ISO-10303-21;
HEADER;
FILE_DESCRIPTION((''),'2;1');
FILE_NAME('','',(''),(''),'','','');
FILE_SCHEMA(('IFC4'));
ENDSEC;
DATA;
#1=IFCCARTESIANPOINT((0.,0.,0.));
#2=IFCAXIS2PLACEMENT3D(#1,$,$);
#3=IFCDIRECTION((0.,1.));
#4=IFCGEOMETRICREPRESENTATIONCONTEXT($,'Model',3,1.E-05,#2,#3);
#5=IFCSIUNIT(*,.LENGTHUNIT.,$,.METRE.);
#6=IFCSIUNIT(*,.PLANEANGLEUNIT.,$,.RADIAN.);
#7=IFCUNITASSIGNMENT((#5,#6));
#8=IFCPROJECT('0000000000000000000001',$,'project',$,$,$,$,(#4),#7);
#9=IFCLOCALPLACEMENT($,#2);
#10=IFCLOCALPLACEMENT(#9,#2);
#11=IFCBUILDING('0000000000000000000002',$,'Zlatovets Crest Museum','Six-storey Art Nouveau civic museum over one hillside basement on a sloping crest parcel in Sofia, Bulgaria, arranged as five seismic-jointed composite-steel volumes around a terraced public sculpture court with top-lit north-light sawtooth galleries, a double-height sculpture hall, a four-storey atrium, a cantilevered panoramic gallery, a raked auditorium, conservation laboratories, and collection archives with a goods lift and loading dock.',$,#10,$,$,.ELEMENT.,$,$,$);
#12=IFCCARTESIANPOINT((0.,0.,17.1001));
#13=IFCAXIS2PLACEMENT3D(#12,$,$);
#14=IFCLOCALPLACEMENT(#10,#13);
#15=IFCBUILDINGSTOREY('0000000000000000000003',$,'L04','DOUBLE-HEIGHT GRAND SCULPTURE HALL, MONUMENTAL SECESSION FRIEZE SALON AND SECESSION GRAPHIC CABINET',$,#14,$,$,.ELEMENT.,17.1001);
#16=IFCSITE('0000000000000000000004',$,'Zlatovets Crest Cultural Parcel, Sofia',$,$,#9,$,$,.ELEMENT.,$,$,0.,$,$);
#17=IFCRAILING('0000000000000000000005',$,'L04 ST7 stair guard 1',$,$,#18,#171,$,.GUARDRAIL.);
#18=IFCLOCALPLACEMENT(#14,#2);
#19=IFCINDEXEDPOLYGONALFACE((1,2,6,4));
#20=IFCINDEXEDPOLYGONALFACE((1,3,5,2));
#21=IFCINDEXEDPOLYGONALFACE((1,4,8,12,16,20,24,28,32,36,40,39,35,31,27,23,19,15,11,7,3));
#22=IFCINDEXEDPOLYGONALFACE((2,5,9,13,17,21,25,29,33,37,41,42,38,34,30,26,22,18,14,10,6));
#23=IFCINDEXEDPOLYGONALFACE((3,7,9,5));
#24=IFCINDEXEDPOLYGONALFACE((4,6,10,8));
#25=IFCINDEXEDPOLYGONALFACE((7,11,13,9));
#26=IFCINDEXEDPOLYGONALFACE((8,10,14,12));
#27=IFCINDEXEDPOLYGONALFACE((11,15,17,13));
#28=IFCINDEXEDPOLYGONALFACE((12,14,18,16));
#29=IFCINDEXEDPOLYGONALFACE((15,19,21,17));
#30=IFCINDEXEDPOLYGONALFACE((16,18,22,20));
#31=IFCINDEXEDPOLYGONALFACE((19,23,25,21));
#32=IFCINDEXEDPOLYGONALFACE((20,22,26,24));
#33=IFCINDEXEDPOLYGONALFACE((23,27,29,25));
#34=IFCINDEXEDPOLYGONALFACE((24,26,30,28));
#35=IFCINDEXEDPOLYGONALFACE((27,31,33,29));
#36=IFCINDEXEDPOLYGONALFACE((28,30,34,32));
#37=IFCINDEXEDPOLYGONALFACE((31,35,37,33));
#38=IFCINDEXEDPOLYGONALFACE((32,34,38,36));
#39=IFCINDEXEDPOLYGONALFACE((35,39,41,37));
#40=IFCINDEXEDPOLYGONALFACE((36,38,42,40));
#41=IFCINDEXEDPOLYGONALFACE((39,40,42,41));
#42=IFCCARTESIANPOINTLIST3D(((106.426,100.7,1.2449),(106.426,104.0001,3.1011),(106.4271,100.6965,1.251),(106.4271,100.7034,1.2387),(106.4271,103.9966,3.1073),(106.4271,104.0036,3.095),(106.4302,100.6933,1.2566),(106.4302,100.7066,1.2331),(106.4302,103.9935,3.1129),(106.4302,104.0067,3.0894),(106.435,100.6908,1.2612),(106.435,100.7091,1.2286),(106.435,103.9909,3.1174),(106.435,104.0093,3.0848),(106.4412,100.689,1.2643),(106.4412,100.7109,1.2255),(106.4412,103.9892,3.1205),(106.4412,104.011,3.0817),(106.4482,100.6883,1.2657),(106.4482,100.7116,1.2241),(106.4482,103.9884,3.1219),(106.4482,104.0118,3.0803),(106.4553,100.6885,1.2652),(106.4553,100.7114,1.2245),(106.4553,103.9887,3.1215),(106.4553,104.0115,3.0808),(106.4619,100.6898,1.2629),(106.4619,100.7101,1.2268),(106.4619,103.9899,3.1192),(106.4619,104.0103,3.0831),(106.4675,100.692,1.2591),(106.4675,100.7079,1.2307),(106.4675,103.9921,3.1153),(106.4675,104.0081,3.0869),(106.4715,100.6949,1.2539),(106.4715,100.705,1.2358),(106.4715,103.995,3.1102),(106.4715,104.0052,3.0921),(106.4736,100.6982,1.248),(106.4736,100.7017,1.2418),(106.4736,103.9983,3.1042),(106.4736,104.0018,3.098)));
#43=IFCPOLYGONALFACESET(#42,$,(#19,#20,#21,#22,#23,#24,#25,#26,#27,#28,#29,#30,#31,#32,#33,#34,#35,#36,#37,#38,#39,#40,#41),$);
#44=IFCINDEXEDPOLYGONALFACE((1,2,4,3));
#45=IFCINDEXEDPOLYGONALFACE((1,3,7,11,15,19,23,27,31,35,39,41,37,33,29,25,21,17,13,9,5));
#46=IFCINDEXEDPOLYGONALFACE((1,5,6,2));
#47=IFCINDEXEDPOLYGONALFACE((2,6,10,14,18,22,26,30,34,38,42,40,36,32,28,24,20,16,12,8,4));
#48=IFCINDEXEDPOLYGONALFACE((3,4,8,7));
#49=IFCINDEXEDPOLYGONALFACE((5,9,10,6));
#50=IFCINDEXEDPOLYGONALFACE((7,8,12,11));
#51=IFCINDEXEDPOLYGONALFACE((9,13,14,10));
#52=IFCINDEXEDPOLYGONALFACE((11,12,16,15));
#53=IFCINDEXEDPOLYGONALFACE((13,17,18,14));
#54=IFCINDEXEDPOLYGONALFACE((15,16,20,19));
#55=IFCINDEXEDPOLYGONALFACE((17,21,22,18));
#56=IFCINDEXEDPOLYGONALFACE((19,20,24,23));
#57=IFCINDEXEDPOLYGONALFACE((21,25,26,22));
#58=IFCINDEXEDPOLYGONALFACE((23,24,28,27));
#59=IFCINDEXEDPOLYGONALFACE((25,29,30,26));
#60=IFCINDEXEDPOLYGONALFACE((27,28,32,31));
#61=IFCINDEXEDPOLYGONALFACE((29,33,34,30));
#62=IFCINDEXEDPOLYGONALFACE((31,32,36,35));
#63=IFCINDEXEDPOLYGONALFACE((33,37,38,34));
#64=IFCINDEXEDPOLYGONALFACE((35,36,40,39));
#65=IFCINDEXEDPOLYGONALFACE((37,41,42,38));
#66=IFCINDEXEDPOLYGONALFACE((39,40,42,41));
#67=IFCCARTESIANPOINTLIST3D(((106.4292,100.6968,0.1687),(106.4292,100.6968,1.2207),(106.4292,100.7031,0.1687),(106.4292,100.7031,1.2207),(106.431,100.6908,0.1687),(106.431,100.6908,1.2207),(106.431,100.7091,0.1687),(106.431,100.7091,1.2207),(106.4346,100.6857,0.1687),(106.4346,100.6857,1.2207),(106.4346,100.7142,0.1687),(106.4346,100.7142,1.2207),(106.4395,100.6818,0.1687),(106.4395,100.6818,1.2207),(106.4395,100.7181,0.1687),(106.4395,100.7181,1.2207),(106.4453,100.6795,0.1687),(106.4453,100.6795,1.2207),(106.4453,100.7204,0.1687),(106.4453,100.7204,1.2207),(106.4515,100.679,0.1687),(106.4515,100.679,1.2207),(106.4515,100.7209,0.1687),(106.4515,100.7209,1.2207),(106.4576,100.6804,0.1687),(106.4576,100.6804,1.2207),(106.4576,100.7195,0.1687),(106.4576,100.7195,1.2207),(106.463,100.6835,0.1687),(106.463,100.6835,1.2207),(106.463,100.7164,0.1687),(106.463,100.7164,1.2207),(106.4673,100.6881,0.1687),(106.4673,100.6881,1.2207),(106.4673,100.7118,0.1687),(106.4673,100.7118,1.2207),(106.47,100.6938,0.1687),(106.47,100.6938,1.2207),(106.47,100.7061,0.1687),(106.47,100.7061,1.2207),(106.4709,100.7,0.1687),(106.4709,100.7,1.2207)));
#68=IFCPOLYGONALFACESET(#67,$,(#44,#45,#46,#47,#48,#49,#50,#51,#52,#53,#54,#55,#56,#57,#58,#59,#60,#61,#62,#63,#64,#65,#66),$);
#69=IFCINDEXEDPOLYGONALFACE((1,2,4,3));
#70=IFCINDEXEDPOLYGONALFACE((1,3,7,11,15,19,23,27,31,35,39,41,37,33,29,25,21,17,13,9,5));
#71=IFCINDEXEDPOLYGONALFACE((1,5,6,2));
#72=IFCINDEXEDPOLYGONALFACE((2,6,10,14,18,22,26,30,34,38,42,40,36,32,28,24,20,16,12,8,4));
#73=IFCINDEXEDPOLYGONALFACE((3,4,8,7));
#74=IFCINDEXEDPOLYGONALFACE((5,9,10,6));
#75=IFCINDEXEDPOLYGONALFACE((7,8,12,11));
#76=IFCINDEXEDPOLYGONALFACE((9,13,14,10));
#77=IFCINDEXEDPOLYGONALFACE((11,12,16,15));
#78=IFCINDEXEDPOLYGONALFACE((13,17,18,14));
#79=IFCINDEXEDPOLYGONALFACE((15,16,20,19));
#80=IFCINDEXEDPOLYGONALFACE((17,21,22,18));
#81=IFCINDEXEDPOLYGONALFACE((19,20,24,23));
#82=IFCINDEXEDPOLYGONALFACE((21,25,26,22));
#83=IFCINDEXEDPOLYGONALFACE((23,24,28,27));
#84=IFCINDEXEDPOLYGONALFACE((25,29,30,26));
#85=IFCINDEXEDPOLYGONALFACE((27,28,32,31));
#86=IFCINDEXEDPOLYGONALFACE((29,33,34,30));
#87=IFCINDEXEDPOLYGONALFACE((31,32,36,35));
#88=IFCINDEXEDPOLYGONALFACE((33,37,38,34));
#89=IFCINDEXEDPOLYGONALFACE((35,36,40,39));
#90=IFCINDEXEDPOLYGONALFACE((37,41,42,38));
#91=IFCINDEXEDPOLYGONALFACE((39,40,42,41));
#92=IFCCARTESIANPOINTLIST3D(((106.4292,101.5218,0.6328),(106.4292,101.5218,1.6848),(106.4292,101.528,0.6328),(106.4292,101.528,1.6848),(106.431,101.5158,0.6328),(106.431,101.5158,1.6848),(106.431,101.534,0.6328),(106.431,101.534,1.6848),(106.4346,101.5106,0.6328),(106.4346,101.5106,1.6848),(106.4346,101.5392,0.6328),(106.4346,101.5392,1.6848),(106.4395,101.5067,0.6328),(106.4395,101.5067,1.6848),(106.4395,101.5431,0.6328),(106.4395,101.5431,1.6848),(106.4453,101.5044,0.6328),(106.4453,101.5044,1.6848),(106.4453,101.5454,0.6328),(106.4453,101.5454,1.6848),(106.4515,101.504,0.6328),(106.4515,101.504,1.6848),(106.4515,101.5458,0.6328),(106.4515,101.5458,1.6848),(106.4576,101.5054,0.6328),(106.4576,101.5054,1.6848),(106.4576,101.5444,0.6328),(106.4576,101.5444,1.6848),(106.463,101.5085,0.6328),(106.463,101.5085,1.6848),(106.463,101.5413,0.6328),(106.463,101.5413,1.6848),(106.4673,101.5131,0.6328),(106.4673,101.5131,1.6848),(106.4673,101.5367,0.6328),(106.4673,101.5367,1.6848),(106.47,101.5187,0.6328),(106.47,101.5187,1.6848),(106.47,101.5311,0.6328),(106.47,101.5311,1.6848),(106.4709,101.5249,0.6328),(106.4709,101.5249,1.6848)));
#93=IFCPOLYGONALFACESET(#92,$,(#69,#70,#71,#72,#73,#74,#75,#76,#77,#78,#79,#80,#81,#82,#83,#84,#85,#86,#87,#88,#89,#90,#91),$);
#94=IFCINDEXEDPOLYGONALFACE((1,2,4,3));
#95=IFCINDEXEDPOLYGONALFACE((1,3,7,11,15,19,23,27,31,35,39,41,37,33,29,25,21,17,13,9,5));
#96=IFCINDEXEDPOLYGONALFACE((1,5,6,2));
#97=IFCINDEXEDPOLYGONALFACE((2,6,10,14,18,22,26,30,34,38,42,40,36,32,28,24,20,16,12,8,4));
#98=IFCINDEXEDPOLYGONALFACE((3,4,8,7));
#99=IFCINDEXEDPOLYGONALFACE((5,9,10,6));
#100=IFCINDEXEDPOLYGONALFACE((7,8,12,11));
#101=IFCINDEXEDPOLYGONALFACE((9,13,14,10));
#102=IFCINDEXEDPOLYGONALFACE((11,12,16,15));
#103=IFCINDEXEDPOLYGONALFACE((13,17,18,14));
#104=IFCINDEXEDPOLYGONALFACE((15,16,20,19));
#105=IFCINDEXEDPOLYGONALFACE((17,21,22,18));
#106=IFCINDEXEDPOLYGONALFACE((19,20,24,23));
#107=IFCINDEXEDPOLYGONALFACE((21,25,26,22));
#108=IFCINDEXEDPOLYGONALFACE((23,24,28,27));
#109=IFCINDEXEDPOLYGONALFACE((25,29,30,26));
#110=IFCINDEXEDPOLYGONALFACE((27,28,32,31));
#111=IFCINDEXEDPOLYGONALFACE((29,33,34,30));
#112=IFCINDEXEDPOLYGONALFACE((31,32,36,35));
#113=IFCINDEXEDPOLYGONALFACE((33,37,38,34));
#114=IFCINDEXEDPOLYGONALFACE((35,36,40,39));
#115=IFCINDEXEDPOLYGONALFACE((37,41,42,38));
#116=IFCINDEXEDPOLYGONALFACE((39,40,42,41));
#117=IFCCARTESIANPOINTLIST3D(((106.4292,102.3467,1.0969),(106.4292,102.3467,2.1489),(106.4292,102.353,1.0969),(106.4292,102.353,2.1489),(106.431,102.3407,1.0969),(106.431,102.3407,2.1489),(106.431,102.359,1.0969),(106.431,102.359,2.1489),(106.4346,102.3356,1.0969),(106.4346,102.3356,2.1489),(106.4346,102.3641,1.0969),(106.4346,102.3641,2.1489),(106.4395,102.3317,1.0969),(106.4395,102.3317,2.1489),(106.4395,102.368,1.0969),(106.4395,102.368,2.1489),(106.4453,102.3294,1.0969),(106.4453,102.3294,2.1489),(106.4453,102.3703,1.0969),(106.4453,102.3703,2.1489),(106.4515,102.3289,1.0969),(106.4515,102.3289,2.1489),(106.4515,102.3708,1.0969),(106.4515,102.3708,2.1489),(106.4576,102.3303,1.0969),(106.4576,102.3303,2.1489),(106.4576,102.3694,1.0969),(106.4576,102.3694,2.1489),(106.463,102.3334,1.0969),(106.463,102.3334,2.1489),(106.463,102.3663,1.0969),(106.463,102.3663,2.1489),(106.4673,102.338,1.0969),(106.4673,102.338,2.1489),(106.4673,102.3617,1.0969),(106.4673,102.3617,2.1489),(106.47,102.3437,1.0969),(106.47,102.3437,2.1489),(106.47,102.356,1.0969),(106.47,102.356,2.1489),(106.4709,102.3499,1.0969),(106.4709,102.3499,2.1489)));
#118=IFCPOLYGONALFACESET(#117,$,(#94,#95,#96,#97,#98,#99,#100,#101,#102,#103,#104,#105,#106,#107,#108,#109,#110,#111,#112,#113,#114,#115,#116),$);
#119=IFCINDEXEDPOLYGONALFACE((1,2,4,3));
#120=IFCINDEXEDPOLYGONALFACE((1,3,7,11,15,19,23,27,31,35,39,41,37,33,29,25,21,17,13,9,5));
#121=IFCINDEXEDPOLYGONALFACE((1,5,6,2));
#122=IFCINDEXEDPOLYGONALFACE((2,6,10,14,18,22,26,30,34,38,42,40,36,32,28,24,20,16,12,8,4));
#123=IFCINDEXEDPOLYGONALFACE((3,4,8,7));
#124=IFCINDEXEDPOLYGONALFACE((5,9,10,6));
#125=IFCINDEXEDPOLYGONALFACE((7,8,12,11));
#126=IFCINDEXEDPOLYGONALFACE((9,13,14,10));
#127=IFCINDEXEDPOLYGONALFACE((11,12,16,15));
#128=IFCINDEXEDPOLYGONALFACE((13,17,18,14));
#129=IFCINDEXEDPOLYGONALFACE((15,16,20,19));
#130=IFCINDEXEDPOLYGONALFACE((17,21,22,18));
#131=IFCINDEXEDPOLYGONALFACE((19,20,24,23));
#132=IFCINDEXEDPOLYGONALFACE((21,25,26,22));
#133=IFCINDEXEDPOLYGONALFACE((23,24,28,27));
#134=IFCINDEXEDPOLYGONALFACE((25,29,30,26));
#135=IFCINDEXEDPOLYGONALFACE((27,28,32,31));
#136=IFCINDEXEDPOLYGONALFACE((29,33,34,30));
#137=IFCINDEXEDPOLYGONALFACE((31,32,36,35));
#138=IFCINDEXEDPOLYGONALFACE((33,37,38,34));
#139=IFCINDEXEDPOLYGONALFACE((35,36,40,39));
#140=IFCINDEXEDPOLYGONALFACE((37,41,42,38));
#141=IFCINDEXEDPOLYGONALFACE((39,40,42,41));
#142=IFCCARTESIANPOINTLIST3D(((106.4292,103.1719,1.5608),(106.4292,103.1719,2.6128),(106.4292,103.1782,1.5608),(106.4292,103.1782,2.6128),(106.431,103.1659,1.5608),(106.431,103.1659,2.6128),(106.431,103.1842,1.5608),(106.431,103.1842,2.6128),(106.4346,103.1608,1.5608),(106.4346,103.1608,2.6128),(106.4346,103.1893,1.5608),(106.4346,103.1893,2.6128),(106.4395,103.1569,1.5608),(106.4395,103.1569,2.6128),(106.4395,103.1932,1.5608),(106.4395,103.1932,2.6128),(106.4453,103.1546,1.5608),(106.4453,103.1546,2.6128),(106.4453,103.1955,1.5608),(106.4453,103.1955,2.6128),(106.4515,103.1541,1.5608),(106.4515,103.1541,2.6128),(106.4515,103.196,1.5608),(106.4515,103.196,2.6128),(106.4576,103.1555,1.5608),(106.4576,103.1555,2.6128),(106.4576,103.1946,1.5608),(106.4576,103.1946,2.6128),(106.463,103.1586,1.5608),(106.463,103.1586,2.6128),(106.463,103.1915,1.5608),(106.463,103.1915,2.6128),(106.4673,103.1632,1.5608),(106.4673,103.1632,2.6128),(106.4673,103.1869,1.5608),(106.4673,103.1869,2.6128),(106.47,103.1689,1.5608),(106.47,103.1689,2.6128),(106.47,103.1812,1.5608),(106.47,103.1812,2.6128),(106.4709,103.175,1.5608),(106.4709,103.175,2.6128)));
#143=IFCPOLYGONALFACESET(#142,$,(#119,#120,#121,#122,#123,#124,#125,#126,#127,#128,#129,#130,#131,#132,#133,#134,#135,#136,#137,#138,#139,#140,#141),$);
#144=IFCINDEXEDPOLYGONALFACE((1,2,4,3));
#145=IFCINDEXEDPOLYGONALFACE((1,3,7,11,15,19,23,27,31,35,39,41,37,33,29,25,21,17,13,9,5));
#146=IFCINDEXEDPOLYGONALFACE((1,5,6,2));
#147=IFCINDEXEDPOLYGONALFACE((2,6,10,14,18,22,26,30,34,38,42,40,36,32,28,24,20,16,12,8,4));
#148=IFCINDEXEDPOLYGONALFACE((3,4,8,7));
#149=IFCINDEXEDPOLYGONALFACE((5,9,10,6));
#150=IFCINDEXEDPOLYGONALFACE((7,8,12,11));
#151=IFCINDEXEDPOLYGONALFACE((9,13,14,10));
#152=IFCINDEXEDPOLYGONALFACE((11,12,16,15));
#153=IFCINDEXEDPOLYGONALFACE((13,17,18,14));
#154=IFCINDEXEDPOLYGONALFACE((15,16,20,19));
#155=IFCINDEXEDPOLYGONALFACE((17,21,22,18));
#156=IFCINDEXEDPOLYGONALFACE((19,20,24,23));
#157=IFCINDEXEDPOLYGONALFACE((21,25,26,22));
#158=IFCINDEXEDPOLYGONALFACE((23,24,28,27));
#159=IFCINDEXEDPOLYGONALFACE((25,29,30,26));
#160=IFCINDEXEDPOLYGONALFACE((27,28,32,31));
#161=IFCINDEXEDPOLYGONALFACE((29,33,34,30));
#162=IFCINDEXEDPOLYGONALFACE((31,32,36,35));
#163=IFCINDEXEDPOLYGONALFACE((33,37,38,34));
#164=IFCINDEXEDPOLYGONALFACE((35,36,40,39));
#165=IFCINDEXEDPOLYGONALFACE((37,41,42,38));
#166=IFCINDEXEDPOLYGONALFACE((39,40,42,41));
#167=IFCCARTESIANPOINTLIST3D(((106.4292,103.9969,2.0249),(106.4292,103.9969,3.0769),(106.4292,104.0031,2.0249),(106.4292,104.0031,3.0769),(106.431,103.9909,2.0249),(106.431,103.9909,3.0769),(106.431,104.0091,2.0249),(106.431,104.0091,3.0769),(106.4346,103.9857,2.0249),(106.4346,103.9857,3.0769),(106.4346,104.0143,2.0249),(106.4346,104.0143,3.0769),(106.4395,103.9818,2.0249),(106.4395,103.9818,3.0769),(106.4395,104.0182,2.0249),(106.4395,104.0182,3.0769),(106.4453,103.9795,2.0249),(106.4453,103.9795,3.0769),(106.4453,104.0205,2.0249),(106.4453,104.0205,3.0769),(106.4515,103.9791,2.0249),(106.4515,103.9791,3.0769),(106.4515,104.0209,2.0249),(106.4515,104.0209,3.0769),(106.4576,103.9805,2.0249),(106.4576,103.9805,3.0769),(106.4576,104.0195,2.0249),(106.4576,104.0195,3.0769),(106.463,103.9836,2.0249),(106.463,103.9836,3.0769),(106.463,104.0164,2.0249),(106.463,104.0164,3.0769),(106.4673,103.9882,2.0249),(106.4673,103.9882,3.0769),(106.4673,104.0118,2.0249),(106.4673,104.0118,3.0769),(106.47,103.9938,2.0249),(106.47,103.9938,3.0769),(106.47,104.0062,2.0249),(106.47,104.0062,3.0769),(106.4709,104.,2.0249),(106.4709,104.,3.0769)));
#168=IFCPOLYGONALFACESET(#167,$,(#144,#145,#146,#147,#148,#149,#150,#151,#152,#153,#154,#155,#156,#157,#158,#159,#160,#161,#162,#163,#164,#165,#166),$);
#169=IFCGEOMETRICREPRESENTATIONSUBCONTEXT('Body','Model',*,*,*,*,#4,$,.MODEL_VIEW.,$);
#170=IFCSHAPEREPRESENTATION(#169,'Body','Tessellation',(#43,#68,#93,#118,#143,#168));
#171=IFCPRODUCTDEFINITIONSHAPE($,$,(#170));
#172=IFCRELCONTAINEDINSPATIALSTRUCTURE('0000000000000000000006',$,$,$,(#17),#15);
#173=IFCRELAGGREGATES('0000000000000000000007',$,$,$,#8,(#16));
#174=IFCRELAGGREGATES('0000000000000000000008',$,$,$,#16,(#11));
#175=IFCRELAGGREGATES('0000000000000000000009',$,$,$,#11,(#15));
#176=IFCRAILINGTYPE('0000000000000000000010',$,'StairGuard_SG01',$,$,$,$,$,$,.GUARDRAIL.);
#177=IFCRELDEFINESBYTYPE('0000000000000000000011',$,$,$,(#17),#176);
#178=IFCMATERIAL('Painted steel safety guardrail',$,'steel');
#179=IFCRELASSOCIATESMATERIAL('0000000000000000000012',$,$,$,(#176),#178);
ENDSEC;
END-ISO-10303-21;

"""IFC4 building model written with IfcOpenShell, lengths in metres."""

from ifc_helpers import new_model, si_unit, direction, frame, origin, origin_2d, place, context, subcontext, project, spatial, circle, extrude, material, type_object, element, save


model = new_model("IFC4")

# Units and contexts
model_context = context("Model", 3, precision=1e-05, world=origin(), true_north=direction((0.0, 1.0)))
body_context = subcontext(model_context, "Body", "Model", "MODEL_VIEW")
ifc_project = project(units=[si_unit("LENGTHUNIT", "METRE"), si_unit("PLANEANGLEUNIT", "RADIAN")], contexts=[model_context])

# Site, building, storey
site_placement = place(None, origin())
site = spatial("IfcSite", under=ifc_project, at=site_placement, Name="Zlatovets Crest Cultural Parcel, Sofia", CompositionType="ELEMENT", RefElevation=0.0)
building_placement = place(site_placement, origin())
building = spatial("IfcBuilding", under=site, at=building_placement, Name="Zlatovets Crest Museum", Description="Six-storey Art Nouveau civic museum over one hillside basement on a sloping crest parcel in Sofia, Bulgaria, arranged as five seismic-jointed composite-steel volumes around a terraced public sculpture court with top-lit north-light sawtooth galleries, a double-height sculpture hall, a four-storey atrium, a cantilevered panoramic gallery, a raked auditorium, conservation laboratories, and collection archives with a goods lift and loading dock.", CompositionType="ELEMENT")
storey_placement = place(building_placement, frame((0.0, 0.0, 17.1001)))
storey = spatial("IfcBuildingStorey", under=building, at=storey_placement, Name="L04", Description="DOUBLE-HEIGHT GRAND SCULPTURE HALL, MONUMENTAL SECESSION FRIEZE SALON AND SECESSION GRAPHIC CABINET", CompositionType="ELEMENT", Elevation=17.1001)

# Railing
ifc_material_1 = material(Name="Painted steel safety guardrail", Category="steel")
railing_type_1 = type_object("IfcRailingType", Name="StairGuard_SG01", PredefinedType="GUARDRAIL", material=ifc_material_1)
railing_1_placement = place(storey_placement, frame((106.45, 100.7, 0.1687)))
element("IfcRailing", 1, at=railing_1_placement, inside=storey, type_object=railing_type_1, Name="L04 ST7 stair guard 1", PredefinedType="GUARDRAIL", context=body_context, shape_type="SweptSolid", body=[
    extrude(circle(Radius=0.0239, at=origin_2d()), frame((0.0, 0.0, 1.0762), z_axis=(0.0, 0.871584, 0.490246), x_axis=(-1.0, 0.0, 0.0)), (0.0, 0.0, 1.0), 3.7864),
    extrude(circle(Radius=0.021, at=origin_2d()), origin(), (0.0, 0.0, 1.0), 1.052),
    extrude(circle(Radius=0.021, at=origin_2d()), frame((0.0, 0.825, 0.4641)), (0.0, 0.0, 1.0), 1.052),
    extrude(circle(Radius=0.021, at=origin_2d()), frame((0.0, 1.6499, 0.9282)), (0.0, 0.0, 1.0), 1.052),
    extrude(circle(Radius=0.021, at=origin_2d()), frame((0.0, 2.4751, 1.3921)), (0.0, 0.0, 1.0), 1.052),
    extrude(circle(Radius=0.021, at=origin_2d()), frame((0.0, 3.3, 1.8562)), (0.0, 0.0, 1.0), 1.052),
])

save(model, "model.ifc")
